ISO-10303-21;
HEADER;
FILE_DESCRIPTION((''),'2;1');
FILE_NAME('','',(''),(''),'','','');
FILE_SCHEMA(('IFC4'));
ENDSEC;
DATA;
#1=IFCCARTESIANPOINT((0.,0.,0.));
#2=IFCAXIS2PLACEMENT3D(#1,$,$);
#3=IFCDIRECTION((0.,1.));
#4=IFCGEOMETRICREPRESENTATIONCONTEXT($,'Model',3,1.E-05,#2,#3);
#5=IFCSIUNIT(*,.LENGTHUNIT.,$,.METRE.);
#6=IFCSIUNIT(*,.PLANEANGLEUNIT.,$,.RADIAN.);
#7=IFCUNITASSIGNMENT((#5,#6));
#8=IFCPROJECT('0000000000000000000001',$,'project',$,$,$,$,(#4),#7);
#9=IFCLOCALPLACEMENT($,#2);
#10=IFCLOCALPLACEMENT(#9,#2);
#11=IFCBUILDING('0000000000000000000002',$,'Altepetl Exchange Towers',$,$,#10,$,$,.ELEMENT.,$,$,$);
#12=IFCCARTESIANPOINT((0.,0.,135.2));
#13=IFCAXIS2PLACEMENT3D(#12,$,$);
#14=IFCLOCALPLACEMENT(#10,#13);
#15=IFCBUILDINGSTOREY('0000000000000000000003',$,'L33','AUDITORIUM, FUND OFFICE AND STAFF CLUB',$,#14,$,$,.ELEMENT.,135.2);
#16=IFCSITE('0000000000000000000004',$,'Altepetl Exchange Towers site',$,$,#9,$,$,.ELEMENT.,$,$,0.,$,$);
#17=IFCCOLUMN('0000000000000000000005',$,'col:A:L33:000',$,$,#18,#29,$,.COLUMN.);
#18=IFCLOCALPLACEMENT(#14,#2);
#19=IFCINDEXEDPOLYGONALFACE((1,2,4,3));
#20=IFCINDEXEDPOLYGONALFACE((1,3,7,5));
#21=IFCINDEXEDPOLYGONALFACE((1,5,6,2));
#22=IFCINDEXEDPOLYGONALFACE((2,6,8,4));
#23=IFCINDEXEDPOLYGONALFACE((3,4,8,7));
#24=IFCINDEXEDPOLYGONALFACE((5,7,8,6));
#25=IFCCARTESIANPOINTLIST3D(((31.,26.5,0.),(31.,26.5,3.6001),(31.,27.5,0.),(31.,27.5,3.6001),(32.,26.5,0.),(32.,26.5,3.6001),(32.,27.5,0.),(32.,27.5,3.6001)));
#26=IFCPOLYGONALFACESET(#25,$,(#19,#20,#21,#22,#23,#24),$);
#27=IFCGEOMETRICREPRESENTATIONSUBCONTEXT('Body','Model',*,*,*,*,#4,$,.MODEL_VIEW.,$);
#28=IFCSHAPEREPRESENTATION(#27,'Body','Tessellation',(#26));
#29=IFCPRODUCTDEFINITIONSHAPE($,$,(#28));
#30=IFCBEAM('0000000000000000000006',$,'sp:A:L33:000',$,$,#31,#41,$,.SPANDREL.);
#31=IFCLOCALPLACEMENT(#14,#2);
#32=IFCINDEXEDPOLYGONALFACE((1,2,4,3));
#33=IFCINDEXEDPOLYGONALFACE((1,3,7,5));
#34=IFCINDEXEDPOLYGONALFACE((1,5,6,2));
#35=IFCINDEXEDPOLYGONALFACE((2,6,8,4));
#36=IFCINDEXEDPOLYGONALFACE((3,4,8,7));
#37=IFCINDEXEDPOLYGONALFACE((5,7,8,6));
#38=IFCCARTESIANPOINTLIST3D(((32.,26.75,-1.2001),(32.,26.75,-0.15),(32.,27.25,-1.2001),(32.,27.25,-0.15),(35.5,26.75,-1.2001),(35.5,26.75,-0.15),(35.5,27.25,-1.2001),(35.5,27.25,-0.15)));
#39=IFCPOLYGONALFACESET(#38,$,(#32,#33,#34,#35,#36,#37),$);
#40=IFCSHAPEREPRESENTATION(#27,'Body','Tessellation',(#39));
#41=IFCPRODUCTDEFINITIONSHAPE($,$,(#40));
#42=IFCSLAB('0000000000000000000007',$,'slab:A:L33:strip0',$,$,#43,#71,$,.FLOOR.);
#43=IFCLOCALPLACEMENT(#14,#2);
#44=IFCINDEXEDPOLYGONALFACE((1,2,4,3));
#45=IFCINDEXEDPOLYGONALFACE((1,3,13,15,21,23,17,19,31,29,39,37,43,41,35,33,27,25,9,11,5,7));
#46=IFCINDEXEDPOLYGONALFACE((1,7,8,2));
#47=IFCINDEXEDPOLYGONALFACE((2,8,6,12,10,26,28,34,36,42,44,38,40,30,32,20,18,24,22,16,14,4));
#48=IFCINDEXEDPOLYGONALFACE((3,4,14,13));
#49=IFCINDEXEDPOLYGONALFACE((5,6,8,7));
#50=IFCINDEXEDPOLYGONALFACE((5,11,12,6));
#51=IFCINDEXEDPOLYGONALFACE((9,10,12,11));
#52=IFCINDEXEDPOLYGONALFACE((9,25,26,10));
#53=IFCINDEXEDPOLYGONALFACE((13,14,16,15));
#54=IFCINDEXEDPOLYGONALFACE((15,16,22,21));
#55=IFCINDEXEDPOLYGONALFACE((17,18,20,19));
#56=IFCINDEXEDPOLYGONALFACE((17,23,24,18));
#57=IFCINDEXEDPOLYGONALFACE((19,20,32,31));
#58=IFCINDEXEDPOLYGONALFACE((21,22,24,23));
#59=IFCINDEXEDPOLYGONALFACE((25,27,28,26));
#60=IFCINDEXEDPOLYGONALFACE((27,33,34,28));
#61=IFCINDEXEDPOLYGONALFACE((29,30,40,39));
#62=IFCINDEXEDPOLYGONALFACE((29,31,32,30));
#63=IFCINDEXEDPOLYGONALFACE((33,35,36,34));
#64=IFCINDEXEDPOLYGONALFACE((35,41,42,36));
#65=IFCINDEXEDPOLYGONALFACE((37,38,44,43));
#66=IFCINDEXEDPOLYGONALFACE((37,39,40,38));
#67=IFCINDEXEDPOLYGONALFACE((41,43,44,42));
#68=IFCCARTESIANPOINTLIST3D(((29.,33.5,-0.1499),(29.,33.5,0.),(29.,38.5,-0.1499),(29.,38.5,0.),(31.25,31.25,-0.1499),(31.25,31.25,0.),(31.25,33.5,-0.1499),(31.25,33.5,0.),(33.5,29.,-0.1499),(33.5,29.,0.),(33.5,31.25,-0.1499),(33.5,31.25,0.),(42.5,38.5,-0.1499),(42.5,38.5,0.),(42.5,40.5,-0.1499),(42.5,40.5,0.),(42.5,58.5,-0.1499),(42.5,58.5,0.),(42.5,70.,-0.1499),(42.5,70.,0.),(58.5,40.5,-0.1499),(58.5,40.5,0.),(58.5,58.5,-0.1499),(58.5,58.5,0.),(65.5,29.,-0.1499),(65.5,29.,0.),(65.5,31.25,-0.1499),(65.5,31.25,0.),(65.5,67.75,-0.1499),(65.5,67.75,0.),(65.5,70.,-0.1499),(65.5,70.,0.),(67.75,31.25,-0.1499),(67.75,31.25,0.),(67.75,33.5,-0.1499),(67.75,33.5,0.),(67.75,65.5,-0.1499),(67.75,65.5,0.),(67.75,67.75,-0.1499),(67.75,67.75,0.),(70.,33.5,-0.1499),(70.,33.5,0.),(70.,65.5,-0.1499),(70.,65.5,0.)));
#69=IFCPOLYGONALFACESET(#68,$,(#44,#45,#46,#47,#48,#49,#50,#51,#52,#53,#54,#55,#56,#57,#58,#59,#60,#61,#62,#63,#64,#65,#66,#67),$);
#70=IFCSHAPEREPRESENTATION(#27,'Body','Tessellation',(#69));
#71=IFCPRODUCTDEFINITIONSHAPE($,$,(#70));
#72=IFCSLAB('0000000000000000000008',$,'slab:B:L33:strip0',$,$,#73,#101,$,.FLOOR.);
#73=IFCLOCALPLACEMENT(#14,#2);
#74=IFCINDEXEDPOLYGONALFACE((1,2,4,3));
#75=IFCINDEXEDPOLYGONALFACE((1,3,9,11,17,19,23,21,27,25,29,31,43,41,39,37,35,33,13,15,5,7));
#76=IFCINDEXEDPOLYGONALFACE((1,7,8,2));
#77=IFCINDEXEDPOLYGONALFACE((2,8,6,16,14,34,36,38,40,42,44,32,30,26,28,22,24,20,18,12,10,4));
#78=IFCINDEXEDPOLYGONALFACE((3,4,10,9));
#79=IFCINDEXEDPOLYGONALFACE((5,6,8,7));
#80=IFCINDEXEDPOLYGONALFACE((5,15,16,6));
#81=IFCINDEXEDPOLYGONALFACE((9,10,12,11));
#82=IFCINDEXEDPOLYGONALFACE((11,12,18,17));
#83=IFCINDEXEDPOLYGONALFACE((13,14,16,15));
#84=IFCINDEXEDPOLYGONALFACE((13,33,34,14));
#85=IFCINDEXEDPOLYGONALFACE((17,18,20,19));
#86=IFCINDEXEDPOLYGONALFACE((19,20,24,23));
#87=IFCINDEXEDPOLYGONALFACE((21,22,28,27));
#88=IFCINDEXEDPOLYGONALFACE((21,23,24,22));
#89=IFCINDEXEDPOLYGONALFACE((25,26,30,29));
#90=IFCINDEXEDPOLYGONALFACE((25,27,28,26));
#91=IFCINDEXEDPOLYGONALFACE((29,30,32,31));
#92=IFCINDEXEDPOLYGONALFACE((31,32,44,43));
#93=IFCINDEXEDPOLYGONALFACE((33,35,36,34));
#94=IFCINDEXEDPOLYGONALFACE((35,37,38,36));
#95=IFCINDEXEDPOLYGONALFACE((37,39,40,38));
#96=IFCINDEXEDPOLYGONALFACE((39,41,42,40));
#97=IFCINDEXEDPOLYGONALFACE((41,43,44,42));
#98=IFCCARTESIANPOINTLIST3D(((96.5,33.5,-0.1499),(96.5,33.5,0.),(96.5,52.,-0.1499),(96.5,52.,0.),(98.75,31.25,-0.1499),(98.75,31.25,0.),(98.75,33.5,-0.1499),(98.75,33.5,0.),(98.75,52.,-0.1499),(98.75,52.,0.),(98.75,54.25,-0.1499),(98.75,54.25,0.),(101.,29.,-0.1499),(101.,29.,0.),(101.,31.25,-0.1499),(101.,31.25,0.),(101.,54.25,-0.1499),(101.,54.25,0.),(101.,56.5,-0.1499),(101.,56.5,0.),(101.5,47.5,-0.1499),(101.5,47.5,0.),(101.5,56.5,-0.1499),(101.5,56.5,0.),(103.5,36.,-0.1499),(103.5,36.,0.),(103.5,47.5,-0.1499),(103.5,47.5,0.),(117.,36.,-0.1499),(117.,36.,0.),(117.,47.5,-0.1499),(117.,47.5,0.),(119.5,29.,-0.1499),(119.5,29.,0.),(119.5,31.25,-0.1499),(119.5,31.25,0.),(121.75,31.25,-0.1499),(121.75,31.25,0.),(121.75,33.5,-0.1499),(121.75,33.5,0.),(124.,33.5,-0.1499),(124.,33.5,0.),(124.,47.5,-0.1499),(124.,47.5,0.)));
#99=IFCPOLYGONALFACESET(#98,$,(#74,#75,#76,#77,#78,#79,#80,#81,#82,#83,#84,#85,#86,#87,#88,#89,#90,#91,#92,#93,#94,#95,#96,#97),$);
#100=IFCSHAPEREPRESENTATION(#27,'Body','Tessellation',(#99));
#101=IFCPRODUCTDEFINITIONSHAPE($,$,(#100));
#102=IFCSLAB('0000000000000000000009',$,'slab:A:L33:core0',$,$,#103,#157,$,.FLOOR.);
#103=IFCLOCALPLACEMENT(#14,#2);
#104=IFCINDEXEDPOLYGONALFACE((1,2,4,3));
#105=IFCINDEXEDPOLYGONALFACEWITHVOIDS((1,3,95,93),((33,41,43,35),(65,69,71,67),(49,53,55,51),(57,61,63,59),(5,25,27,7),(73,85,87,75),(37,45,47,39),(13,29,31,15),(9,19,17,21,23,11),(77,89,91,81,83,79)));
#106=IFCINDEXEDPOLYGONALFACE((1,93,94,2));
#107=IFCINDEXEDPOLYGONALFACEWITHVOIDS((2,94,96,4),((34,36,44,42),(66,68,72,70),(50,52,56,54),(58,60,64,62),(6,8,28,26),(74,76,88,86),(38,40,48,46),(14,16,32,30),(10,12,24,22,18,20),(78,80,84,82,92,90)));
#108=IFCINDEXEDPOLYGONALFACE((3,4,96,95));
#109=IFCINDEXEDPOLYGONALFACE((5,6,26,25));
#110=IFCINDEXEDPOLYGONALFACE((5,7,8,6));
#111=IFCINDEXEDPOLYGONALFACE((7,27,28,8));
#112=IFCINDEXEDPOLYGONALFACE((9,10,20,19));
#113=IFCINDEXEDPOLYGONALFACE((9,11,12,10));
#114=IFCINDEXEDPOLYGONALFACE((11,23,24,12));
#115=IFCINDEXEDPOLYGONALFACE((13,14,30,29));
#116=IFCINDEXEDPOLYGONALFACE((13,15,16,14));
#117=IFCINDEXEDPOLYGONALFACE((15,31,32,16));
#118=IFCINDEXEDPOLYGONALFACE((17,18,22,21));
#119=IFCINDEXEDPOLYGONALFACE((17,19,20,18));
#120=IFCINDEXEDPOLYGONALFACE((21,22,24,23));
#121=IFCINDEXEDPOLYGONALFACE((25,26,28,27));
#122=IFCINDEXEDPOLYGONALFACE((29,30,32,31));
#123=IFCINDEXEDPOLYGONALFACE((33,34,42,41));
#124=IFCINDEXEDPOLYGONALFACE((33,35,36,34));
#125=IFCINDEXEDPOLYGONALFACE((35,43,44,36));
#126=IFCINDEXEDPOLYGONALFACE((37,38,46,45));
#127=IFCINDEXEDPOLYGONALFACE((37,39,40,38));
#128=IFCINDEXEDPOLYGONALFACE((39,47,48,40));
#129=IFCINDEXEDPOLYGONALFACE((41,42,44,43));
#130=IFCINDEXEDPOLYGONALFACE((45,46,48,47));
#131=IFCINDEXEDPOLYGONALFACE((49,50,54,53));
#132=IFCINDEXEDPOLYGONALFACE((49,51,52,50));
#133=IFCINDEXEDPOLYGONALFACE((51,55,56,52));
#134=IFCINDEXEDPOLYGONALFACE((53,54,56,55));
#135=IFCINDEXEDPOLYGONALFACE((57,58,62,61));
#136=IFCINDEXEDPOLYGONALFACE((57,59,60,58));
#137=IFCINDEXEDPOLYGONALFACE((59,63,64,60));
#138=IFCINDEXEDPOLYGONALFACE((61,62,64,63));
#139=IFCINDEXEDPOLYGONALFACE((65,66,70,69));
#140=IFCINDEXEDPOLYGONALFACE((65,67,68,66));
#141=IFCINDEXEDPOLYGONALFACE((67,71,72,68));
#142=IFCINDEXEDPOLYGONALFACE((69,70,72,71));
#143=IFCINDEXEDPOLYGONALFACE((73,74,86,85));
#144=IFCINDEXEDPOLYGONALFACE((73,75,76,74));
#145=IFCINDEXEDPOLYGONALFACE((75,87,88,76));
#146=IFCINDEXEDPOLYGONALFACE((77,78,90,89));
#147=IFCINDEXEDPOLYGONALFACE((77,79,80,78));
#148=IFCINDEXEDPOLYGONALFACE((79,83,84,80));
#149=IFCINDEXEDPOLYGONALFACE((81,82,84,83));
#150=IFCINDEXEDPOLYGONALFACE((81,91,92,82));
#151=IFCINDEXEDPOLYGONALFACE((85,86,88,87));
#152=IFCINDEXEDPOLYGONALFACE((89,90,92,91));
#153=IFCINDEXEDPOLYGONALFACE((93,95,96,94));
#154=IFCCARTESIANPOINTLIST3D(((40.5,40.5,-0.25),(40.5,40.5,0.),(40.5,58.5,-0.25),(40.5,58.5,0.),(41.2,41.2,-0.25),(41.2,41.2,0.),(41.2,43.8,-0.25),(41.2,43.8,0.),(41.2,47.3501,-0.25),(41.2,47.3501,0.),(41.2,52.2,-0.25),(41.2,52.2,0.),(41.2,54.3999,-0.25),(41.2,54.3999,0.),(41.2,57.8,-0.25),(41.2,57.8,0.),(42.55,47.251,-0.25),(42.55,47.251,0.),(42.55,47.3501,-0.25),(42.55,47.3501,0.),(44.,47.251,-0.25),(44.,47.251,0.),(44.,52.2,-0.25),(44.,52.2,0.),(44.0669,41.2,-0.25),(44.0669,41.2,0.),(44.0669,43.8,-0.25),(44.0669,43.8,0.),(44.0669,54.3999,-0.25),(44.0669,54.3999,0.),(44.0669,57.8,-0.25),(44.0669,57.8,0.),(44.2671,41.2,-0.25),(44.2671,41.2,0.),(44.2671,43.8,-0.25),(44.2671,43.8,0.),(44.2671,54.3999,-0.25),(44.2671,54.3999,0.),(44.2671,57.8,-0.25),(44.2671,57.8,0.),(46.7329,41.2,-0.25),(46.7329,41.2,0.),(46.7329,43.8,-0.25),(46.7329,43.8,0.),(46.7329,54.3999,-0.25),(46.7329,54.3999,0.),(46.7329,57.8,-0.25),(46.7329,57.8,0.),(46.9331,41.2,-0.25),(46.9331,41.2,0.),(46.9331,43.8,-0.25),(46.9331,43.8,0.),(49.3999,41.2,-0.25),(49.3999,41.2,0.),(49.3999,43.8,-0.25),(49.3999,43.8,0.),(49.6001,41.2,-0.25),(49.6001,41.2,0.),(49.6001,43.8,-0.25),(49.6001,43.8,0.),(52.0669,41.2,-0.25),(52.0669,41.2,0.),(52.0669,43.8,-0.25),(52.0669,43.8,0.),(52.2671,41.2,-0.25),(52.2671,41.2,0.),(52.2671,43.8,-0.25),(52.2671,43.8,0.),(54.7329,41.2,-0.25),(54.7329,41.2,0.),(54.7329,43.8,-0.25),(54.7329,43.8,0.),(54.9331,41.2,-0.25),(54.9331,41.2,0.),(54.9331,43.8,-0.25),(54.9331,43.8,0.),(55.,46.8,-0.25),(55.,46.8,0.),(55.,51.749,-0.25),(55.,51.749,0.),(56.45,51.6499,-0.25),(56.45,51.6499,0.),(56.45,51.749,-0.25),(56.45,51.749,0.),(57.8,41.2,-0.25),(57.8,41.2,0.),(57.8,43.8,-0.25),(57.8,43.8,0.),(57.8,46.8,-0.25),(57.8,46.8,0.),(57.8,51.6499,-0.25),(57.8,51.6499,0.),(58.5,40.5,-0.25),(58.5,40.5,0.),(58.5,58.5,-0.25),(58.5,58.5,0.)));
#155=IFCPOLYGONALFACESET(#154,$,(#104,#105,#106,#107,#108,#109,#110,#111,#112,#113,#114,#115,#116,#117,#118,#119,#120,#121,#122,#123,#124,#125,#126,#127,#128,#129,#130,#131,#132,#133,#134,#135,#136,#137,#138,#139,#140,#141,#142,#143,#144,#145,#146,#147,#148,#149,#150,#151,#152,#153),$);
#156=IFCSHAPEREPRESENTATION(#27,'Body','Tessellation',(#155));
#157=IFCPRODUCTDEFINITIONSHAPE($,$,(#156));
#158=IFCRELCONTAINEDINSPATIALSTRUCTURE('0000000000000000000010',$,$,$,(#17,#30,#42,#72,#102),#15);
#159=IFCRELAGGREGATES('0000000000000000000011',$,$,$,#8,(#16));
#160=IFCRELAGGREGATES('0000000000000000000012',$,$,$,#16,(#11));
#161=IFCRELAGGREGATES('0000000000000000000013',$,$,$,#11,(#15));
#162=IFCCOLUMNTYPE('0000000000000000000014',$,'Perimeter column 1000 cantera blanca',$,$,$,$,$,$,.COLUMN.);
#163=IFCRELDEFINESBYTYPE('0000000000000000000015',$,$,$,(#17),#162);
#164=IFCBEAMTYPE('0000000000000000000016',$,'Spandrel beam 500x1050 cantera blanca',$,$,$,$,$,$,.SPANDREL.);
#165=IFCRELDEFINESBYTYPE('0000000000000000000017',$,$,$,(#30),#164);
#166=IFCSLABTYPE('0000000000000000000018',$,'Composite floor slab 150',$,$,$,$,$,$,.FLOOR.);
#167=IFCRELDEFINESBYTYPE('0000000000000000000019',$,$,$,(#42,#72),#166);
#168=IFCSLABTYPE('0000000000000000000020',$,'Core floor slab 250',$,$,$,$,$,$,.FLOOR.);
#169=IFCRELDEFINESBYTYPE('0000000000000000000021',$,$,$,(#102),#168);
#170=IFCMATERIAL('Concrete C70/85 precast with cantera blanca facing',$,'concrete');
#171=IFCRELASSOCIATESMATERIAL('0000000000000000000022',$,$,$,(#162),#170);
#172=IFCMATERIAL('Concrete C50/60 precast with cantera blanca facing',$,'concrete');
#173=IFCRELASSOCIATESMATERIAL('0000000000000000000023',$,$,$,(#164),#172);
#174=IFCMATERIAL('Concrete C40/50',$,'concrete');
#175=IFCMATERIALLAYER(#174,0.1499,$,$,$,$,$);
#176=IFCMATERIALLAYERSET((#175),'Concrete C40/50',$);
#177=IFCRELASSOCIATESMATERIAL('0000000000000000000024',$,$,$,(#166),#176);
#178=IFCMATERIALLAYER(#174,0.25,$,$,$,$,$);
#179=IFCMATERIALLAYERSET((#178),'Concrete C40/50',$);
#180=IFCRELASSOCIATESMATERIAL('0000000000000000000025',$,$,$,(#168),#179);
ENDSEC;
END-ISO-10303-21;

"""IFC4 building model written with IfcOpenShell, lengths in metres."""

from ifc_helpers import new_model, si_unit, direction, frame, origin, origin_2d, place, context, subcontext, project, spatial, polyline, rectangle, outline, extrude, material, layer, layer_set, material_profile, profile_set, type_object, element, save


model = new_model("IFC4")

# Units and contexts
model_context = context("Model", 3, precision=1e-05, world=origin(), true_north=direction((0.0, 1.0)))
body_context = subcontext(model_context, "Body", "Model", "MODEL_VIEW")
ifc_project = project(units=[si_unit("LENGTHUNIT", "METRE"), si_unit("PLANEANGLEUNIT", "RADIAN")], contexts=[model_context])

# Site, building, storey
site_placement = place(None, origin())
site = spatial("IfcSite", under=ifc_project, at=site_placement, Name="Altepetl Exchange Towers site", CompositionType="ELEMENT", RefElevation=0.0)
building_placement = place(site_placement, origin())
building = spatial("IfcBuilding", under=site, at=building_placement, Name="Altepetl Exchange Towers", CompositionType="ELEMENT")
storey_placement = place(building_placement, frame((0.0, 0.0, 135.2)))
storey = spatial("IfcBuildingStorey", under=building, at=storey_placement, Name="L33", Description="AUDITORIUM, FUND OFFICE AND STAFF CLUB", CompositionType="ELEMENT", Elevation=135.2)

# Column
ifc_material_1 = material(Name="Concrete C70/85 precast with cantera blanca facing", Category="concrete")
ifc_material_profile_1 = material_profile(ifc_material_1, rectangle(XDim=1.0, YDim=1.0, at=origin_2d()), Name="1000 x 1000")
ifc_profile_set_1 = profile_set([ifc_material_profile_1], Name="Concrete C70/85 precast with cantera blanca facing")
column_type = type_object("IfcColumnType", Name="Perimeter column 1000 cantera blanca", PredefinedType="COLUMN", material=ifc_profile_set_1)
column_placement = place(storey_placement, frame((31.5, 27.0, 0.0)))
element("IfcColumn", 1, at=column_placement, inside=storey, type_object=column_type, Name="col:A:L33:000", PredefinedType="COLUMN", context=body_context, shape_type="SweptSolid", body=[
    extrude(rectangle(XDim=1.0, YDim=1.0, at=origin_2d()), origin(), (0.0, 0.0, 1.0), 3.6001),
])

# Beam
ifc_material_2 = material(Name="Concrete C50/60 precast with cantera blanca facing", Category="concrete")
ifc_material_profile_2 = material_profile(ifc_material_2, rectangle(XDim=0.5, YDim=1.05, at=origin_2d()), Name="500 x 1050")
ifc_profile_set_2 = profile_set([ifc_material_profile_2], Name="Concrete C50/60 precast with cantera blanca facing")
beam_type = type_object("IfcBeamType", Name="Spandrel beam 500x1050 cantera blanca", PredefinedType="SPANDREL", material=ifc_profile_set_2)
beam_placement = place(storey_placement, frame((32.0, 27.0, -0.675), z_axis=(1.0, 0.0, 0.0), x_axis=(0.0, 1.0, 0.0)))
element("IfcBeam", 2, at=beam_placement, inside=storey, type_object=beam_type, Name="sp:A:L33:000", PredefinedType="SPANDREL", context=body_context, shape_type="SweptSolid", body=[
    extrude(rectangle(XDim=0.5, YDim=1.05, at=origin_2d()), origin(), (0.0, 0.0, 1.0), 3.5),
])

# Slabs
ifc_material_3 = material(Name="Concrete C40/50", Category="concrete")
ifc_layer_1 = layer(ifc_material_3, 0.1499)
ifc_layer_set_1 = layer_set([ifc_layer_1], Name="Concrete C40/50")
slab_type_1 = type_object("IfcSlabType", Name="Composite floor slab 150", PredefinedType="FLOOR", material=ifc_layer_set_1)
slab_1_placement = place(storey_placement, frame((0.0, 0.0, -0.1499)))
element("IfcSlab", 3, at=slab_1_placement, inside=storey, type_object=slab_type_1, Name="slab:A:L33:strip0", PredefinedType="FLOOR", context=body_context, shape_type="SweptSolid", body=[
    extrude(outline(polyline([(42.5, 70.0), (42.5, 58.5), (58.5, 58.5), (58.5, 40.5), (42.5, 40.5), (42.5, 38.5), (29.0, 38.5), (29.0, 33.5), (31.25, 33.5), (31.25, 31.25), (33.5, 31.25), (33.5, 29.0), (65.5, 29.0), (65.5, 31.25), (67.75, 31.25), (67.75, 33.5), (70.0, 33.5), (70.0, 65.5), (67.75, 65.5), (67.75, 67.75), (65.5, 67.75), (65.5, 70.0), (42.5, 70.0)])), origin(), (0.0, 0.0, 1.0), 0.1499),
])
slab_2_placement = place(storey_placement, frame((0.0, 0.0, -0.1499)))
element("IfcSlab", 4, at=slab_2_placement, inside=storey, type_object=slab_type_1, Name="slab:B:L33:strip0", PredefinedType="FLOOR", context=body_context, shape_type="SweptSolid", body=[
    extrude(outline(polyline([(98.75, 54.25), (98.75, 52.0), (96.5, 52.0), (96.5, 33.5), (98.75, 33.5), (98.75, 31.25), (101.0, 31.25), (101.0, 29.0), (119.5, 29.0), (119.5, 31.25), (121.75, 31.25), (121.75, 33.5), (124.0, 33.5), (124.0, 47.5), (117.0, 47.5), (117.0, 36.0), (103.5, 36.0), (103.5, 47.5), (101.5, 47.5), (101.5, 56.5), (101.0, 56.5), (101.0, 54.25), (98.75, 54.25)])), origin(), (0.0, 0.0, 1.0), 0.1499),
])
ifc_layer_2 = layer(ifc_material_3, 0.25)
ifc_layer_set_2 = layer_set([ifc_layer_2], Name="Concrete C40/50")
slab_type_2 = type_object("IfcSlabType", Name="Core floor slab 250", PredefinedType="FLOOR", material=ifc_layer_set_2)
slab_3_placement = place(storey_placement, frame((0.0, 0.0, -0.25)))
element("IfcSlab", 5, at=slab_3_placement, inside=storey, type_object=slab_type_2, Name="slab:A:L33:core0", PredefinedType="FLOOR", context=body_context, shape_type="SweptSolid", body=[
    extrude(outline(polyline([(40.5, 40.5), (58.5, 40.5), (58.5, 58.5), (40.5, 58.5), (40.5, 40.5)]), holes=[polyline([(41.2, 43.8), (44.0669, 43.8), (44.0669, 41.2), (41.2, 41.2), (41.2, 43.8)]), polyline([(44.2671, 43.8), (46.7329, 43.8), (46.7329, 41.2), (44.2671, 41.2), (44.2671, 43.8)]), polyline([(46.9331, 43.8), (49.3999, 43.8), (49.3999, 41.2), (46.9331, 41.2), (46.9331, 43.8)]), polyline([(52.0669, 43.8), (52.0669, 41.2), (49.6001, 41.2), (49.6001, 43.8), (52.0669, 43.8)]), polyline([(54.7329, 43.8), (54.7329, 41.2), (52.2671, 41.2), (52.2671, 43.8), (54.7329, 43.8)]), polyline([(54.9331, 43.8), (57.8, 43.8), (57.8, 41.2), (54.9331, 41.2), (54.9331, 43.8)]), polyline([(55.0, 51.749), (56.45, 51.749), (56.45, 51.6499), (57.8, 51.6499), (57.8, 46.8), (55.0, 46.8), (55.0, 51.749)]), polyline([(44.0, 47.251), (42.55, 47.251), (42.55, 47.3501), (41.2, 47.3501), (41.2, 52.2), (44.0, 52.2), (44.0, 47.251)]), polyline([(44.0669, 57.8), (44.0669, 54.3999), (41.2, 54.3999), (41.2, 57.8), (44.0669, 57.8)]), polyline([(46.7329, 57.8), (46.7329, 54.3999), (44.2671, 54.3999), (44.2671, 57.8), (46.7329, 57.8)])]), origin(), (0.0, 0.0, 1.0), 0.25),
])

save(model, "model.ifc")
